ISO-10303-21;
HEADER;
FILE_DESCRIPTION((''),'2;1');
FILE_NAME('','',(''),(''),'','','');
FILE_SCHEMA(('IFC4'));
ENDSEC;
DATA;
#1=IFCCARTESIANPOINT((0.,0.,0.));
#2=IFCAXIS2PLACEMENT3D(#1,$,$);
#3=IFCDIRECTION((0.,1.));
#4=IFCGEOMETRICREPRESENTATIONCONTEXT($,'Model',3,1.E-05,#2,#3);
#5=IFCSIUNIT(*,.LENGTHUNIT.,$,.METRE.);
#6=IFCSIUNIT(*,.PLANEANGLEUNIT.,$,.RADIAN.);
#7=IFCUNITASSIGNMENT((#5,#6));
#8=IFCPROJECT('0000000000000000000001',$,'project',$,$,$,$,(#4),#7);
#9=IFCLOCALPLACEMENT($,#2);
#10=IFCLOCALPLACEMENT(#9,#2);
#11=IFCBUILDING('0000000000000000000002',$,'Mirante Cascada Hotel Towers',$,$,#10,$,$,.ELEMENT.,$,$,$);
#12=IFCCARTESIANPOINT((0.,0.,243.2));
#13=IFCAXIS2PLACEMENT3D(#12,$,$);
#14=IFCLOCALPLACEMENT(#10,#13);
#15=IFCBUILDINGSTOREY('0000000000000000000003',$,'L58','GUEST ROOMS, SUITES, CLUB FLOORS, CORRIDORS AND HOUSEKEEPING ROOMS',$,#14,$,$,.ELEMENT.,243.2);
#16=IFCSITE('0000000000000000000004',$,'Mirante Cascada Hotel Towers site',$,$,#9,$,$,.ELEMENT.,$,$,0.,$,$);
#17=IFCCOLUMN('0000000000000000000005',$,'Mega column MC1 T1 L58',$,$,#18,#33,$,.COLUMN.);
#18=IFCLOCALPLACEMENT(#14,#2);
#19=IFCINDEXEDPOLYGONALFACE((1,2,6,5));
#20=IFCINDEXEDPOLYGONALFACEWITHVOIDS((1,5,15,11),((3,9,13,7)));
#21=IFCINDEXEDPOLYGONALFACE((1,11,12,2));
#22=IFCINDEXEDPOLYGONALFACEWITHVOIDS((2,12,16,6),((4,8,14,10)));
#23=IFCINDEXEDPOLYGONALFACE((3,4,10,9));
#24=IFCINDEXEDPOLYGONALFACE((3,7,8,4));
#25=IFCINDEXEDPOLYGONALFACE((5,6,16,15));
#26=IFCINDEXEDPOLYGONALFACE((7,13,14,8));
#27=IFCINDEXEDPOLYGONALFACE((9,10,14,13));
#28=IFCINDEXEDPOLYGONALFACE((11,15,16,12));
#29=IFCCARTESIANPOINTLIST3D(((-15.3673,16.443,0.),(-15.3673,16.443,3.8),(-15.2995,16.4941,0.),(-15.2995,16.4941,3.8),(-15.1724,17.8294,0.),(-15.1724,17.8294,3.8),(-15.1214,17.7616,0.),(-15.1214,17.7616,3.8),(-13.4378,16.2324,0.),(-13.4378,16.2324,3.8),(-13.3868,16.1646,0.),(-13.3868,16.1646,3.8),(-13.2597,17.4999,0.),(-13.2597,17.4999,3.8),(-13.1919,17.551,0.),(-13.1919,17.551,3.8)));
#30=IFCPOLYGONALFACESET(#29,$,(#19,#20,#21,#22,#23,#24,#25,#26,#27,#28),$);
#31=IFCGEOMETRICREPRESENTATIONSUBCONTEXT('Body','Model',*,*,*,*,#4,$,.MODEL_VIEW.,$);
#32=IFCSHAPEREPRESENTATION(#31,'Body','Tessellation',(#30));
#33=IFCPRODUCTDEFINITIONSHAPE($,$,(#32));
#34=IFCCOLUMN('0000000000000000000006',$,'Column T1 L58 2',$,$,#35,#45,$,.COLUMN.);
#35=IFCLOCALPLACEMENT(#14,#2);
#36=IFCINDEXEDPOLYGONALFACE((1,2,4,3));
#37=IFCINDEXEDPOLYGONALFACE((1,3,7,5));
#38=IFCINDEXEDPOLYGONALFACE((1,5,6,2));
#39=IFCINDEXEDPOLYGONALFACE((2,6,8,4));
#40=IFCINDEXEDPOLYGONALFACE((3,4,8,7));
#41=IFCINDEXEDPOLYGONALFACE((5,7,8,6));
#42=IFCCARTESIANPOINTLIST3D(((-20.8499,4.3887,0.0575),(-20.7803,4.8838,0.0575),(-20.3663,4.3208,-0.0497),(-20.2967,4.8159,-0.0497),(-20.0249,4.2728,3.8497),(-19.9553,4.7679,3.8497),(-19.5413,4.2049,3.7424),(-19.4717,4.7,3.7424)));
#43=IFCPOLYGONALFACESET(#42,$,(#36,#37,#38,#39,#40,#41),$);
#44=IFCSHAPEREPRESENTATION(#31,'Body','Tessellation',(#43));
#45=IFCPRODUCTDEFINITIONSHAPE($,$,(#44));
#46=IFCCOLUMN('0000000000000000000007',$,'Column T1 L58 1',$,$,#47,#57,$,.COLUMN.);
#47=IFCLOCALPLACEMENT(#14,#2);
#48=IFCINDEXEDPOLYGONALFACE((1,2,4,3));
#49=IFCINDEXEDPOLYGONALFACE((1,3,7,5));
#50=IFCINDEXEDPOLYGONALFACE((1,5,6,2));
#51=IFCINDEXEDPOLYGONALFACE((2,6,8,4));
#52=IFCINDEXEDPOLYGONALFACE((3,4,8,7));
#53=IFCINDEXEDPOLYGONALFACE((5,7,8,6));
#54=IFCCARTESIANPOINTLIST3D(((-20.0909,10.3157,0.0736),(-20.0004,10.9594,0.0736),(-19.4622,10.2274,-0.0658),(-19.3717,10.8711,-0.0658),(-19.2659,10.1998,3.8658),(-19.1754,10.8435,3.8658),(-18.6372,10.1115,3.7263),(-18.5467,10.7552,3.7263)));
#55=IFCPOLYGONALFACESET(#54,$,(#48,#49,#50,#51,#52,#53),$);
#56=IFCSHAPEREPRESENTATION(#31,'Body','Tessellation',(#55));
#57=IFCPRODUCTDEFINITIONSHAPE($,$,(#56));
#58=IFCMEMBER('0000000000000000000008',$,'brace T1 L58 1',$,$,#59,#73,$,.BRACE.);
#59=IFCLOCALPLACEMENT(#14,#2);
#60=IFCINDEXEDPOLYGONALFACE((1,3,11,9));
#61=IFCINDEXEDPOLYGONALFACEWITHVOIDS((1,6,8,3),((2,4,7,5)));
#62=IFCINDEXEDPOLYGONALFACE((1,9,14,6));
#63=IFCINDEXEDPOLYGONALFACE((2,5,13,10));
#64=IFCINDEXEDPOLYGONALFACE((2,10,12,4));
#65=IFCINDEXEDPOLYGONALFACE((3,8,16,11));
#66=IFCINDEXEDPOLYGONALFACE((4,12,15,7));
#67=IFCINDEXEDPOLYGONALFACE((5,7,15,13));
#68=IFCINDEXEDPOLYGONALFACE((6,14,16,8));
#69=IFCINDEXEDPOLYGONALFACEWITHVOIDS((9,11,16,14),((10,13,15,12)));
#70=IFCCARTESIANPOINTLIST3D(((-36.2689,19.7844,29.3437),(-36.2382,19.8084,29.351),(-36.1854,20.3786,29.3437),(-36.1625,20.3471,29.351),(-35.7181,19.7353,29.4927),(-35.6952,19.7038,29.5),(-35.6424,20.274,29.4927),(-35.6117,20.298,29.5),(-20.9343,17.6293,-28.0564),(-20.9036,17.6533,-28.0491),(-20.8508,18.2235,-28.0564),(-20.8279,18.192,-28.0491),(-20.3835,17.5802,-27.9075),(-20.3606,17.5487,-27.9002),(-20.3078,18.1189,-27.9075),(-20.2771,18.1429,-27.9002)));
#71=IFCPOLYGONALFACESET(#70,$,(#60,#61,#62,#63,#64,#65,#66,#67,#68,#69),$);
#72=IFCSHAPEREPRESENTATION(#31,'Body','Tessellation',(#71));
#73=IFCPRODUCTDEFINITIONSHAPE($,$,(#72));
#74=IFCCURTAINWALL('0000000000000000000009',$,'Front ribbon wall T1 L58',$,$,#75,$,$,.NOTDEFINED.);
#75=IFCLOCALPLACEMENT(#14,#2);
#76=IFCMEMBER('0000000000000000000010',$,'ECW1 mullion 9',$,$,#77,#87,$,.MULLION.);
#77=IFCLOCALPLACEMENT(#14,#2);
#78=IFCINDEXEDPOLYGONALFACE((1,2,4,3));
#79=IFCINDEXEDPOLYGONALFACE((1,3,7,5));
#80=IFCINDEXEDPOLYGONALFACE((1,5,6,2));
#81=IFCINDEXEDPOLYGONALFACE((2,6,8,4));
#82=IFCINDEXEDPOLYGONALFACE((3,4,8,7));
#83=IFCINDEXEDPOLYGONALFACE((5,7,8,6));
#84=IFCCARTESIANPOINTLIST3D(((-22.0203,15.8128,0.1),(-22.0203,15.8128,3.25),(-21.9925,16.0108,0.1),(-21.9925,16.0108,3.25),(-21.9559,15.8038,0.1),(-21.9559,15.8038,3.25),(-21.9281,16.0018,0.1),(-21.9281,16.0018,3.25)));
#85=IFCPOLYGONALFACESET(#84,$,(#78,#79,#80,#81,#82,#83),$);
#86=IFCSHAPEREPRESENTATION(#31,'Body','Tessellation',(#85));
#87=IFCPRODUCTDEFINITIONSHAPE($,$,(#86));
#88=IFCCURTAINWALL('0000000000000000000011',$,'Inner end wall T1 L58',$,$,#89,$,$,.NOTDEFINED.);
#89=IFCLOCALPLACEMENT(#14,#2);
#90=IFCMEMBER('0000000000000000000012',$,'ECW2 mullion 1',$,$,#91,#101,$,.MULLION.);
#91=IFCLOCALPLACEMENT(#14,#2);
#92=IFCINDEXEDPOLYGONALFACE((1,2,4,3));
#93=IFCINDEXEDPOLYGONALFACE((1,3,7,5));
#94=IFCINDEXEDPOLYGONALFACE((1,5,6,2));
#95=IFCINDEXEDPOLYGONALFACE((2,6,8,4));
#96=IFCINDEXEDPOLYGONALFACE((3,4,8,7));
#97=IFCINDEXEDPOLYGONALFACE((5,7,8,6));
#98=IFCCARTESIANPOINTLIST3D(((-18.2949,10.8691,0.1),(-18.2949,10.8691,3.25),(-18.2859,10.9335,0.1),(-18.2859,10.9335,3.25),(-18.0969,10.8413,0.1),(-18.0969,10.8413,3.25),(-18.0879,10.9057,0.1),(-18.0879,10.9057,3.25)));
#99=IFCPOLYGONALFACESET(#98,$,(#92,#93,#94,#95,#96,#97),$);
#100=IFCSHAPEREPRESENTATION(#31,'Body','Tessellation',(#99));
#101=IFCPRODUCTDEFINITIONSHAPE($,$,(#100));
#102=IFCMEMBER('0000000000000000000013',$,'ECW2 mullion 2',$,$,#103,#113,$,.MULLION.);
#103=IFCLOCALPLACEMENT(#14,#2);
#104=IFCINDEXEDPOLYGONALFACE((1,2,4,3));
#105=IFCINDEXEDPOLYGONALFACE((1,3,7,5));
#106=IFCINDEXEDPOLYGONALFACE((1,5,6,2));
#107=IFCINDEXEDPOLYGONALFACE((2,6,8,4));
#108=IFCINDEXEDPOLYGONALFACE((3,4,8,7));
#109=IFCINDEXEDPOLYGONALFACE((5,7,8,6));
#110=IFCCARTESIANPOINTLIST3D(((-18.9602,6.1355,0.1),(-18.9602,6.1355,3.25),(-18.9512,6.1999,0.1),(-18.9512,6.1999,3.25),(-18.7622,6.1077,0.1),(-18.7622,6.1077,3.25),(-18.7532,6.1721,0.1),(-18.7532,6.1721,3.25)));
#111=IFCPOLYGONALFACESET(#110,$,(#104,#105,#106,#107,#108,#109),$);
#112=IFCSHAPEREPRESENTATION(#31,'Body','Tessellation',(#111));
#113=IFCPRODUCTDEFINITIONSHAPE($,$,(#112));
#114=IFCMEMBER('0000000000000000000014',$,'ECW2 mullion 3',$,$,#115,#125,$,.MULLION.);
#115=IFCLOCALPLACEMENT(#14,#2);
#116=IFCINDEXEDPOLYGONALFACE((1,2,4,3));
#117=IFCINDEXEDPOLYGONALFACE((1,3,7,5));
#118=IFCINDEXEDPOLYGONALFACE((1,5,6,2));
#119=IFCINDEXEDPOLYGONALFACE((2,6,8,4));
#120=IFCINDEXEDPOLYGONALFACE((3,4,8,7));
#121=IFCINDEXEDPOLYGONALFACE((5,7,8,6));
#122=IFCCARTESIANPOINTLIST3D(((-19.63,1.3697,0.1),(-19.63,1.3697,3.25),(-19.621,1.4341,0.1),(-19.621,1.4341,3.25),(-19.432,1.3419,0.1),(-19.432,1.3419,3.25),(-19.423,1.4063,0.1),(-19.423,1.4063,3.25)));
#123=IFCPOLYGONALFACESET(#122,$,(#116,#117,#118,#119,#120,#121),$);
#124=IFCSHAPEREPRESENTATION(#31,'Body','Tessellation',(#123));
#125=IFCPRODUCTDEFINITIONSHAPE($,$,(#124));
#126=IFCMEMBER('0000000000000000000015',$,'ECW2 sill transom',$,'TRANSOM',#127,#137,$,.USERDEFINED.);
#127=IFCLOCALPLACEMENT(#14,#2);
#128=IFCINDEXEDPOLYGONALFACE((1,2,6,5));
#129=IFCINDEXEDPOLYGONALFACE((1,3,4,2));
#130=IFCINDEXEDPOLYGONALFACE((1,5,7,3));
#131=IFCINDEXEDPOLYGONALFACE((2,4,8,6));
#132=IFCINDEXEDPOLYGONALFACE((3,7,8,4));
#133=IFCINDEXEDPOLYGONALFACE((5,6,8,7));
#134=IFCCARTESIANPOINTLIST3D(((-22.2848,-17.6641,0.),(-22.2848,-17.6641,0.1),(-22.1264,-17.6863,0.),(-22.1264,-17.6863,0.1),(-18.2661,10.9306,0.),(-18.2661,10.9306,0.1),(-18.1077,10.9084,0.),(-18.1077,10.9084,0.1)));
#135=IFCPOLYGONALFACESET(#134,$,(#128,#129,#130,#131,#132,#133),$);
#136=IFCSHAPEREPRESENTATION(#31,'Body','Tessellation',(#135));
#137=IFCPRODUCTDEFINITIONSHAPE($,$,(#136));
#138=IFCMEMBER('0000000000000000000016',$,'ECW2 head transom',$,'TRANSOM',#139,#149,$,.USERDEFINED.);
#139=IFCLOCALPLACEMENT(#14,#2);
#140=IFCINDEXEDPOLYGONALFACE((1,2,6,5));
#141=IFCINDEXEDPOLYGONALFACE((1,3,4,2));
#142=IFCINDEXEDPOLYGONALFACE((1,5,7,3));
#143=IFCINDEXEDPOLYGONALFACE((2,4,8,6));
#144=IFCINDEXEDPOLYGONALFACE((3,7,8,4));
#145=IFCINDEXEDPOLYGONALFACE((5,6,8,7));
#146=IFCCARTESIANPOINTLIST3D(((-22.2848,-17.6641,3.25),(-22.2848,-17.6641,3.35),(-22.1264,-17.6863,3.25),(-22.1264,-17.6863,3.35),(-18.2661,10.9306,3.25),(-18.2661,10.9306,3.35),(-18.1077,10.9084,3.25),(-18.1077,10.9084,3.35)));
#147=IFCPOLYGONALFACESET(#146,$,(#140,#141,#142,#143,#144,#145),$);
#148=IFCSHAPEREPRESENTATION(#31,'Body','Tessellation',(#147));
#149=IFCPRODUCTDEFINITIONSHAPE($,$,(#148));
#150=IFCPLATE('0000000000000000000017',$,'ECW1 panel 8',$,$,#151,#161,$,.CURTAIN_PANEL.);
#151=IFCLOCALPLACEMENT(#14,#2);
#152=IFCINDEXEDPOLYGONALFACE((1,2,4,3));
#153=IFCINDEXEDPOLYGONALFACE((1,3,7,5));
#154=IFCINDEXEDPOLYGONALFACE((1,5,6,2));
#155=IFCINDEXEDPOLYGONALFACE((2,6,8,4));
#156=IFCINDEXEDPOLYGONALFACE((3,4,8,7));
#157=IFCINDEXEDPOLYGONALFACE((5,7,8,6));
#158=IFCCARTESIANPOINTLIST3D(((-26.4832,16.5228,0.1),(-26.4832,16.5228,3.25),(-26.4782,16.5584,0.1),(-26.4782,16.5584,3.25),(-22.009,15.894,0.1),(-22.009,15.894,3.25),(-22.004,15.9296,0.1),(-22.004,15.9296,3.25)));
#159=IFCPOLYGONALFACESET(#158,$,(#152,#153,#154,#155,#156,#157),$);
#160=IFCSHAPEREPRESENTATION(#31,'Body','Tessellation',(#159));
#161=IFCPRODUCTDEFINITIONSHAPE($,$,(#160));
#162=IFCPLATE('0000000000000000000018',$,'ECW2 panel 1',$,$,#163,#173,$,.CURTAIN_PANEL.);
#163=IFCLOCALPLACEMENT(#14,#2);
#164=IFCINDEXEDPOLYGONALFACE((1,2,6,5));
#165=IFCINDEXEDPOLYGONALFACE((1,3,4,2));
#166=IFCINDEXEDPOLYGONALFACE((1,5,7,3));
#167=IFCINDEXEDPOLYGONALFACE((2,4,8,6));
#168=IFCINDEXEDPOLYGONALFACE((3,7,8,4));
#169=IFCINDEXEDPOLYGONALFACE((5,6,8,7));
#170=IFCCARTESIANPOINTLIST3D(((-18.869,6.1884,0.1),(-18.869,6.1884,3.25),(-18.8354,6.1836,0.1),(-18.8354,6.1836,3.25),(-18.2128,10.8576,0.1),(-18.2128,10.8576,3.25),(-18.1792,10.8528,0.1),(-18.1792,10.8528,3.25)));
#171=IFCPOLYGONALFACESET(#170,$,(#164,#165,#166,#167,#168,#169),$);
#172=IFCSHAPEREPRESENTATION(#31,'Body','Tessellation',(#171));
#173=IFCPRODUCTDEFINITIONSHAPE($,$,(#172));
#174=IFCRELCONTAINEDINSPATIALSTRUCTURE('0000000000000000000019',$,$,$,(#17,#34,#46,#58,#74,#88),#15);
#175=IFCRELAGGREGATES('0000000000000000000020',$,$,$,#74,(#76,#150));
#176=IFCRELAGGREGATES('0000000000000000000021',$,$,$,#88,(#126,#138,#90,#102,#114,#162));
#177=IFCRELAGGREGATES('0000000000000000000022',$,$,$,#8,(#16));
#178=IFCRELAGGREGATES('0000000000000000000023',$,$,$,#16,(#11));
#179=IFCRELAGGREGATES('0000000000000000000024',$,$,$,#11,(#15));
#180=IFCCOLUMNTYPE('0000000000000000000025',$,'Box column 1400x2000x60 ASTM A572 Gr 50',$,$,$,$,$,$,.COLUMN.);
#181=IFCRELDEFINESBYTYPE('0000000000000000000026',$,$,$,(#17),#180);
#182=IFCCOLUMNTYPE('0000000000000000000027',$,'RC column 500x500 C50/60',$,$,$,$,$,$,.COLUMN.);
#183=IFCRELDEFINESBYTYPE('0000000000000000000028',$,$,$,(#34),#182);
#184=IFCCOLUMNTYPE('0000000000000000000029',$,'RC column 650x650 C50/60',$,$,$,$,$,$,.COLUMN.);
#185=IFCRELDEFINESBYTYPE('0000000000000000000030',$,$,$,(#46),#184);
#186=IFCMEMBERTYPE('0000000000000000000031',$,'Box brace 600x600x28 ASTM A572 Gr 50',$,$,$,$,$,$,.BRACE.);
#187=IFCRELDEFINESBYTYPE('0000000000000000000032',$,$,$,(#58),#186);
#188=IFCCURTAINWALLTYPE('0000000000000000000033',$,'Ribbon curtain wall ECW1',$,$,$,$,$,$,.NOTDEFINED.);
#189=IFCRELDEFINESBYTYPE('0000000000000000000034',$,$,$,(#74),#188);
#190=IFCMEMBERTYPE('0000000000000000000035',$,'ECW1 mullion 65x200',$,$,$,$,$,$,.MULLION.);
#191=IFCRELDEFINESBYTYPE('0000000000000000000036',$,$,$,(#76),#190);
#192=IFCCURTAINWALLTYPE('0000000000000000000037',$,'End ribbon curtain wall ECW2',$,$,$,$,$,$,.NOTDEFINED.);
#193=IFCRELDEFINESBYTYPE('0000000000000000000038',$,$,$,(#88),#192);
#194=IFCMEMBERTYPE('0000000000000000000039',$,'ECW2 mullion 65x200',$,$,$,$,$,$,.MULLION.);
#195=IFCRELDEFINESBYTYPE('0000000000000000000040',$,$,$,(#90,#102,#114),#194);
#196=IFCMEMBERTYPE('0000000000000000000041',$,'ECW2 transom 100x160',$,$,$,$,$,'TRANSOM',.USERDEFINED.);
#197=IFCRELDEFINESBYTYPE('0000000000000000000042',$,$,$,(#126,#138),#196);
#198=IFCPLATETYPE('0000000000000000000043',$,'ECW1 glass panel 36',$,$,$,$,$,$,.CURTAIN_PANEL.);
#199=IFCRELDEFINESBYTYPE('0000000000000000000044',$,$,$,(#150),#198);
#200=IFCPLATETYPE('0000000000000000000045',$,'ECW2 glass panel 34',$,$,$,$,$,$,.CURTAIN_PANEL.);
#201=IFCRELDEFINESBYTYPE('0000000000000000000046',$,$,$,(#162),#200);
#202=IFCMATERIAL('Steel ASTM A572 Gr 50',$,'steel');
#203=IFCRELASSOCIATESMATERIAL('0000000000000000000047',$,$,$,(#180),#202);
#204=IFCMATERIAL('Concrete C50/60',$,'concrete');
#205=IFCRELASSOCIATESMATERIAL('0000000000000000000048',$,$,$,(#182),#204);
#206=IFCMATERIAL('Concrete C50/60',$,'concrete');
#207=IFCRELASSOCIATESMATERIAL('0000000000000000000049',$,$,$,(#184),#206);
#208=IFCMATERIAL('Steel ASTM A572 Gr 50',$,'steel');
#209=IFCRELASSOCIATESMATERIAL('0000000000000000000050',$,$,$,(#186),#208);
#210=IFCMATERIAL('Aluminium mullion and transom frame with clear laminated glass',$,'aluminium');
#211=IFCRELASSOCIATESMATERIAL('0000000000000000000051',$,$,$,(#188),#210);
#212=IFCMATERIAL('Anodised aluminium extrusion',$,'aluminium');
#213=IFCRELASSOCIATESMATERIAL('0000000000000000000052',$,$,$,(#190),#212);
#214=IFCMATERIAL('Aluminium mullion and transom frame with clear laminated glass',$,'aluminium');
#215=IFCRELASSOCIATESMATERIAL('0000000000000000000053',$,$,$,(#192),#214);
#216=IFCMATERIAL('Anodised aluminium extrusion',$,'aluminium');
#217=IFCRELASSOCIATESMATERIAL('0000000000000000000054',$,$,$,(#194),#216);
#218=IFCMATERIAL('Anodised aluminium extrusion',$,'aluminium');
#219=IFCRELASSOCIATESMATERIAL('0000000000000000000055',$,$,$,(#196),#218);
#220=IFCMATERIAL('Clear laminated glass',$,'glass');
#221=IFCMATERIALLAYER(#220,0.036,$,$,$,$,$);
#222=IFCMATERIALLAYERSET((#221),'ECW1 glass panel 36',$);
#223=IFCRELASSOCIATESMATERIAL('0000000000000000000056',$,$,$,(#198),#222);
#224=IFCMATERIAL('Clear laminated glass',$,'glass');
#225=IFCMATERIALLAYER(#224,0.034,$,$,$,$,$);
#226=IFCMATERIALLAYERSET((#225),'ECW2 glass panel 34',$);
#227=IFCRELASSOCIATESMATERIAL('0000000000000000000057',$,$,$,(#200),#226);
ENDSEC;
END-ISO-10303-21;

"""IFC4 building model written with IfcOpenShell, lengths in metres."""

from ifc_helpers import new_model, si_unit, direction, frame, origin, origin_2d, place, context, subcontext, project, spatial, rectangle, hollow_rectangle, extrude, material, layer, layer_set, material_profile, profile_set, type_object, element, aggregate, save


model = new_model("IFC4")

# Units and contexts
model_context = context("Model", 3, precision=1e-05, world=origin(), true_north=direction((0.0, 1.0)))
body_context = subcontext(model_context, "Body", "Model", "MODEL_VIEW")
ifc_project = project(units=[si_unit("LENGTHUNIT", "METRE"), si_unit("PLANEANGLEUNIT", "RADIAN")], contexts=[model_context])

# Site, building, storey
site_placement = place(None, origin())
site = spatial("IfcSite", under=ifc_project, at=site_placement, Name="Mirante Cascada Hotel Towers site", CompositionType="ELEMENT", RefElevation=0.0)
building_placement = place(site_placement, origin())
building = spatial("IfcBuilding", under=site, at=building_placement, Name="Mirante Cascada Hotel Towers", CompositionType="ELEMENT")
storey_placement = place(building_placement, frame((0.0, 0.0, 243.2)))
storey = spatial("IfcBuildingStorey", under=building, at=storey_placement, Name="L58", Description="GUEST ROOMS, SUITES, CLUB FLOORS, CORRIDORS AND HOUSEKEEPING ROOMS", CompositionType="ELEMENT", Elevation=243.2)

# Columns
ifc_material_1 = material(Name="Steel ASTM A572 Gr 50", Category="steel")
ifc_material_profile_1 = material_profile(ifc_material_1, hollow_rectangle(XDim=2.0, YDim=1.4, WallThickness=0.06, at=origin_2d()), Name="Box column 1400x2000x60 ASTM A572 Gr 50")
ifc_profile_set_1 = profile_set([ifc_material_profile_1], Name="Steel ASTM A572 Gr 50")
column_type_1 = type_object("IfcColumnType", Name="Box column 1400x2000x60 ASTM A572 Gr 50", PredefinedType="COLUMN", material=ifc_profile_set_1)
column_1_placement = place(storey_placement, frame((-14.2796, 16.997, 0.0), z_axis=(0.0, 0.0, 1.0), x_axis=(-0.990268, 0.139173, 0.0)))
element("IfcColumn", 1, at=column_1_placement, inside=storey, type_object=column_type_1, Name="Mega column MC1 T1 L58", PredefinedType="COLUMN", context=body_context, shape_type="SweptSolid", body=[
    extrude(hollow_rectangle(XDim=2.0, YDim=1.4, WallThickness=0.06, at=origin_2d()), origin(), (0.0, 0.0, 1.0), 3.8),
])
ifc_material_2 = material(Name="Concrete C50/60", Category="concrete")
ifc_material_profile_2 = material_profile(ifc_material_2, rectangle(XDim=0.5, YDim=0.5, at=origin_2d()), Name="RC column 500x500 C50/60")
ifc_profile_set_2 = profile_set([ifc_material_profile_2], Name="Concrete C50/60")
column_type_2 = type_object("IfcColumnType", Name="RC column 500x500 C50/60", PredefinedType="COLUMN", material=ifc_profile_set_2)
column_2_placement = place(storey_placement, frame((-20.5733, 4.6023, 0.0039), z_axis=(0.212485, -0.029851, 0.976708), x_axis=(0.139119, 0.990276, 0.0)))
element("IfcColumn", 2, at=column_2_placement, inside=storey, type_object=column_type_2, Name="Column T1 L58 2", PredefinedType="COLUMN", context=body_context, shape_type="SweptSolid", body=[
    extrude(rectangle(XDim=0.5, YDim=0.5, at=origin_2d()), origin(), (0.0, 0.0, 1.0), 3.8826),
])
ifc_material_3 = material(Name="Concrete C50/60", Category="concrete")
ifc_material_profile_3 = material_profile(ifc_material_3, rectangle(XDim=0.65, YDim=0.65, at=origin_2d()), Name="RC column 650x650 C50/60")
ifc_profile_set_3 = profile_set([ifc_material_profile_3], Name="Concrete C50/60")
column_type_3 = type_object("IfcColumnType", Name="RC column 650x650 C50/60", PredefinedType="COLUMN", material=ifc_profile_set_3)
column_3_placement = place(storey_placement, frame((-19.7313, 10.5934, 0.0039), z_axis=(0.212485, -0.029851, 0.976708), x_axis=(0.139119, 0.990276, 0.0)))
element("IfcColumn", 3, at=column_3_placement, inside=storey, type_object=column_type_3, Name="Column T1 L58 1", PredefinedType="COLUMN", context=body_context, shape_type="SweptSolid", body=[
    extrude(rectangle(XDim=0.65, YDim=0.65, at=origin_2d()), origin(), (0.0, 0.0, 1.0), 3.8826),
])

# Member
ifc_material_4 = material(Name="Steel ASTM A572 Gr 50", Category="steel")
ifc_material_profile_4 = material_profile(ifc_material_4, hollow_rectangle(XDim=0.6, YDim=0.6, WallThickness=0.028, at=origin_2d()), Name="Box brace 600x600x28 ASTM A572 Gr 50")
ifc_profile_set_4 = profile_set([ifc_material_profile_4], Name="Steel ASTM A572 Gr 50")
member_type_1 = type_object("IfcMemberType", Name="Box brace 600x600x28 ASTM A572 Gr 50", PredefinedType="BRACE", material=ifc_profile_set_4)
member_1_placement = place(storey_placement, frame((-20.6057, 17.8861, -27.9783), z_axis=(-0.257931, 0.036249, 0.965483), x_axis=(-0.139171, -0.990268, 0.0)))
element("IfcMember", 4, at=member_1_placement, inside=storey, type_object=member_type_1, Name="brace T1 L58 1", PredefinedType="BRACE", context=body_context, shape_type="SweptSolid", body=[
    extrude(hollow_rectangle(XDim=0.6, YDim=0.6, WallThickness=0.028, at=origin_2d()), origin(), (0.0, 0.0, 1.0), 59.4523),
])

# Curtain wall, member
ifc_material_5 = material(Name="Aluminium mullion and transom frame with clear laminated glass", Category="aluminium")
curtain_wall_type_1 = type_object("IfcCurtainWallType", Name="Ribbon curtain wall ECW1", PredefinedType="NOTDEFINED", material=ifc_material_5)
curtain_wall_1_placement = place(storey_placement, origin())
curtain_wall_1 = element("IfcCurtainWall", 5, at=curtain_wall_1_placement, inside=storey, type_object=curtain_wall_type_1, Name="Front ribbon wall T1 L58", PredefinedType="NOTDEFINED")
ifc_material_6 = material(Name="Anodised aluminium extrusion", Category="aluminium")
ifc_material_profile_5 = material_profile(ifc_material_6, rectangle(XDim=0.2, YDim=0.065, at=origin_2d()), Name="ECW1 MULLION 65x200")
ifc_profile_set_5 = profile_set([ifc_material_profile_5], Name="Anodised aluminium extrusion")
member_type_2 = type_object("IfcMemberType", Name="ECW1 mullion 65x200", PredefinedType="MULLION", material=ifc_profile_set_5)
member_2_placement = place(storey_placement, frame((-21.9742, 15.9073, 0.1), z_axis=(0.0, 0.0, 1.0), x_axis=(0.139173, 0.990268, 0.0)))
member_2 = element("IfcMember", 6, at=member_2_placement, type_object=member_type_2, Name="ECW1 mullion 9", PredefinedType="MULLION", context=body_context, shape_type="SweptSolid", body=[
    extrude(rectangle(XDim=0.2, YDim=0.065, at=origin_2d()), origin(), (0.0, 0.0, 1.0), 3.15),
])

# Curtain wall, members
ifc_material_7 = material(Name="Aluminium mullion and transom frame with clear laminated glass", Category="aluminium")
curtain_wall_type_2 = type_object("IfcCurtainWallType", Name="End ribbon curtain wall ECW2", PredefinedType="NOTDEFINED", material=ifc_material_7)
curtain_wall_2_placement = place(storey_placement, origin())
curtain_wall_2 = element("IfcCurtainWall", 7, at=curtain_wall_2_placement, inside=storey, type_object=curtain_wall_type_2, Name="Inner end wall T1 L58", PredefinedType="NOTDEFINED")
ifc_material_8 = material(Name="Anodised aluminium extrusion", Category="aluminium")
ifc_material_profile_6 = material_profile(ifc_material_8, rectangle(XDim=0.2, YDim=0.065, at=origin_2d()), Name="ECW2 MULLION 65x200")
ifc_profile_set_6 = profile_set([ifc_material_profile_6], Name="Anodised aluminium extrusion")
member_type_3 = type_object("IfcMemberType", Name="ECW2 mullion 65x200", PredefinedType="MULLION", material=ifc_profile_set_6)
member_3_placement = place(storey_placement, frame((-18.1914, 10.8874, 0.1), z_axis=(0.0, 0.0, 1.0), x_axis=(0.990268, -0.139173, 0.0)))
member_3 = element("IfcMember", 8, at=member_3_placement, type_object=member_type_3, Name="ECW2 mullion 1", PredefinedType="MULLION", context=body_context, shape_type="SweptSolid", body=[
    extrude(rectangle(XDim=0.2, YDim=0.065, at=origin_2d()), origin(), (0.0, 0.0, 1.0), 3.15),
])
member_4_placement = place(storey_placement, frame((-18.8567, 6.1538, 0.1), z_axis=(0.0, 0.0, 1.0), x_axis=(0.990268, -0.139173, 0.0)))
member_4 = element("IfcMember", 9, at=member_4_placement, type_object=member_type_3, Name="ECW2 mullion 2", PredefinedType="MULLION", context=body_context, shape_type="SweptSolid", body=[
    extrude(rectangle(XDim=0.2, YDim=0.065, at=origin_2d()), origin(), (0.0, 0.0, 1.0), 3.15),
])
member_5_placement = place(storey_placement, frame((-19.5265, 1.388, 0.1), z_axis=(0.0, 0.0, 1.0), x_axis=(0.990268, -0.139173, 0.0)))
member_5 = element("IfcMember", 10, at=member_5_placement, type_object=member_type_3, Name="ECW2 mullion 3", PredefinedType="MULLION", context=body_context, shape_type="SweptSolid", body=[
    extrude(rectangle(XDim=0.2, YDim=0.065, at=origin_2d()), origin(), (0.0, 0.0, 1.0), 3.15),
])
ifc_material_9 = material(Name="Anodised aluminium extrusion", Category="aluminium")
ifc_material_profile_7 = material_profile(ifc_material_9, rectangle(XDim=0.16, YDim=0.1, at=origin_2d()), Name="ECW2 TRANSOM 100x160")
ifc_profile_set_7 = profile_set([ifc_material_profile_7], Name="Anodised aluminium extrusion")
member_type_4 = type_object("IfcMemberType", Name="ECW2 transom 100x160", ElementType="TRANSOM", PredefinedType="USERDEFINED", material=ifc_profile_set_7)
member_6_placement = place(storey_placement, frame((-18.1869, 10.9195, 0.05), z_axis=(-0.139172, -0.990268, 0.0), x_axis=(0.990268, -0.139172, 0.0)))
member_6 = element("IfcMember", 11, at=member_6_placement, type_object=member_type_4, Name="ECW2 sill transom", ObjectType="TRANSOM", PredefinedType="USERDEFINED", context=body_context, shape_type="SweptSolid", body=[
    extrude(rectangle(XDim=0.16, YDim=0.1, at=origin_2d()), origin(), (0.0, 0.0, 1.0), 28.8757),
])
member_7_placement = place(storey_placement, frame((-18.1869, 10.9195, 3.3), z_axis=(-0.139172, -0.990268, 0.0), x_axis=(0.990268, -0.139172, 0.0)))
member_7 = element("IfcMember", 12, at=member_7_placement, type_object=member_type_4, Name="ECW2 head transom", ObjectType="TRANSOM", PredefinedType="USERDEFINED", context=body_context, shape_type="SweptSolid", body=[
    extrude(rectangle(XDim=0.16, YDim=0.1, at=origin_2d()), origin(), (0.0, 0.0, 1.0), 28.8757),
])

# Plates
ifc_material_10 = material(Name="Clear laminated glass", Category="glass")
ifc_layer_1 = layer(ifc_material_10, 0.036)
ifc_layer_set_1 = layer_set([ifc_layer_1], Name="ECW1 glass panel 36")
plate_type_1 = type_object("IfcPlateType", Name="ECW1 glass panel 36", PredefinedType="CURTAIN_PANEL", material=ifc_layer_set_1)
plate_1_placement = place(storey_placement, frame((-24.2436, 16.2262, 0.1), z_axis=(0.0, 0.0, 1.0), x_axis=(0.990268, -0.139173, 0.0)))
plate_1 = element("IfcPlate", 13, at=plate_1_placement, type_object=plate_type_1, Name="ECW1 panel 8", PredefinedType="CURTAIN_PANEL", context=body_context, shape_type="SweptSolid", body=[
    extrude(rectangle(XDim=4.5182, YDim=0.036, at=origin_2d()), origin(), (0.0, 0.0, 1.0), 3.15),
])
aggregate(curtain_wall_1, [member_2, plate_1])
ifc_material_11 = material(Name="Clear laminated glass", Category="glass")
ifc_layer_2 = layer(ifc_material_11, 0.034)
ifc_layer_set_2 = layer_set([ifc_layer_2], Name="ECW2 glass panel 34")
plate_type_2 = type_object("IfcPlateType", Name="ECW2 glass panel 34", PredefinedType="CURTAIN_PANEL", material=ifc_layer_set_2)
plate_2_placement = place(storey_placement, frame((-18.5241, 8.5206, 0.1), z_axis=(0.0, 0.0, 1.0), x_axis=(-0.139173, -0.990268, 0.0)))
plate_2 = element("IfcPlate", 14, at=plate_2_placement, type_object=plate_type_2, Name="ECW2 panel 1", PredefinedType="CURTAIN_PANEL", context=body_context, shape_type="SweptSolid", body=[
    extrude(rectangle(XDim=4.7151, YDim=0.034, at=origin_2d()), origin(), (0.0, 0.0, 1.0), 3.15),
])
aggregate(curtain_wall_2, [member_6, member_7, member_3, member_4, member_5, plate_2])

save(model, "model.ifc")
